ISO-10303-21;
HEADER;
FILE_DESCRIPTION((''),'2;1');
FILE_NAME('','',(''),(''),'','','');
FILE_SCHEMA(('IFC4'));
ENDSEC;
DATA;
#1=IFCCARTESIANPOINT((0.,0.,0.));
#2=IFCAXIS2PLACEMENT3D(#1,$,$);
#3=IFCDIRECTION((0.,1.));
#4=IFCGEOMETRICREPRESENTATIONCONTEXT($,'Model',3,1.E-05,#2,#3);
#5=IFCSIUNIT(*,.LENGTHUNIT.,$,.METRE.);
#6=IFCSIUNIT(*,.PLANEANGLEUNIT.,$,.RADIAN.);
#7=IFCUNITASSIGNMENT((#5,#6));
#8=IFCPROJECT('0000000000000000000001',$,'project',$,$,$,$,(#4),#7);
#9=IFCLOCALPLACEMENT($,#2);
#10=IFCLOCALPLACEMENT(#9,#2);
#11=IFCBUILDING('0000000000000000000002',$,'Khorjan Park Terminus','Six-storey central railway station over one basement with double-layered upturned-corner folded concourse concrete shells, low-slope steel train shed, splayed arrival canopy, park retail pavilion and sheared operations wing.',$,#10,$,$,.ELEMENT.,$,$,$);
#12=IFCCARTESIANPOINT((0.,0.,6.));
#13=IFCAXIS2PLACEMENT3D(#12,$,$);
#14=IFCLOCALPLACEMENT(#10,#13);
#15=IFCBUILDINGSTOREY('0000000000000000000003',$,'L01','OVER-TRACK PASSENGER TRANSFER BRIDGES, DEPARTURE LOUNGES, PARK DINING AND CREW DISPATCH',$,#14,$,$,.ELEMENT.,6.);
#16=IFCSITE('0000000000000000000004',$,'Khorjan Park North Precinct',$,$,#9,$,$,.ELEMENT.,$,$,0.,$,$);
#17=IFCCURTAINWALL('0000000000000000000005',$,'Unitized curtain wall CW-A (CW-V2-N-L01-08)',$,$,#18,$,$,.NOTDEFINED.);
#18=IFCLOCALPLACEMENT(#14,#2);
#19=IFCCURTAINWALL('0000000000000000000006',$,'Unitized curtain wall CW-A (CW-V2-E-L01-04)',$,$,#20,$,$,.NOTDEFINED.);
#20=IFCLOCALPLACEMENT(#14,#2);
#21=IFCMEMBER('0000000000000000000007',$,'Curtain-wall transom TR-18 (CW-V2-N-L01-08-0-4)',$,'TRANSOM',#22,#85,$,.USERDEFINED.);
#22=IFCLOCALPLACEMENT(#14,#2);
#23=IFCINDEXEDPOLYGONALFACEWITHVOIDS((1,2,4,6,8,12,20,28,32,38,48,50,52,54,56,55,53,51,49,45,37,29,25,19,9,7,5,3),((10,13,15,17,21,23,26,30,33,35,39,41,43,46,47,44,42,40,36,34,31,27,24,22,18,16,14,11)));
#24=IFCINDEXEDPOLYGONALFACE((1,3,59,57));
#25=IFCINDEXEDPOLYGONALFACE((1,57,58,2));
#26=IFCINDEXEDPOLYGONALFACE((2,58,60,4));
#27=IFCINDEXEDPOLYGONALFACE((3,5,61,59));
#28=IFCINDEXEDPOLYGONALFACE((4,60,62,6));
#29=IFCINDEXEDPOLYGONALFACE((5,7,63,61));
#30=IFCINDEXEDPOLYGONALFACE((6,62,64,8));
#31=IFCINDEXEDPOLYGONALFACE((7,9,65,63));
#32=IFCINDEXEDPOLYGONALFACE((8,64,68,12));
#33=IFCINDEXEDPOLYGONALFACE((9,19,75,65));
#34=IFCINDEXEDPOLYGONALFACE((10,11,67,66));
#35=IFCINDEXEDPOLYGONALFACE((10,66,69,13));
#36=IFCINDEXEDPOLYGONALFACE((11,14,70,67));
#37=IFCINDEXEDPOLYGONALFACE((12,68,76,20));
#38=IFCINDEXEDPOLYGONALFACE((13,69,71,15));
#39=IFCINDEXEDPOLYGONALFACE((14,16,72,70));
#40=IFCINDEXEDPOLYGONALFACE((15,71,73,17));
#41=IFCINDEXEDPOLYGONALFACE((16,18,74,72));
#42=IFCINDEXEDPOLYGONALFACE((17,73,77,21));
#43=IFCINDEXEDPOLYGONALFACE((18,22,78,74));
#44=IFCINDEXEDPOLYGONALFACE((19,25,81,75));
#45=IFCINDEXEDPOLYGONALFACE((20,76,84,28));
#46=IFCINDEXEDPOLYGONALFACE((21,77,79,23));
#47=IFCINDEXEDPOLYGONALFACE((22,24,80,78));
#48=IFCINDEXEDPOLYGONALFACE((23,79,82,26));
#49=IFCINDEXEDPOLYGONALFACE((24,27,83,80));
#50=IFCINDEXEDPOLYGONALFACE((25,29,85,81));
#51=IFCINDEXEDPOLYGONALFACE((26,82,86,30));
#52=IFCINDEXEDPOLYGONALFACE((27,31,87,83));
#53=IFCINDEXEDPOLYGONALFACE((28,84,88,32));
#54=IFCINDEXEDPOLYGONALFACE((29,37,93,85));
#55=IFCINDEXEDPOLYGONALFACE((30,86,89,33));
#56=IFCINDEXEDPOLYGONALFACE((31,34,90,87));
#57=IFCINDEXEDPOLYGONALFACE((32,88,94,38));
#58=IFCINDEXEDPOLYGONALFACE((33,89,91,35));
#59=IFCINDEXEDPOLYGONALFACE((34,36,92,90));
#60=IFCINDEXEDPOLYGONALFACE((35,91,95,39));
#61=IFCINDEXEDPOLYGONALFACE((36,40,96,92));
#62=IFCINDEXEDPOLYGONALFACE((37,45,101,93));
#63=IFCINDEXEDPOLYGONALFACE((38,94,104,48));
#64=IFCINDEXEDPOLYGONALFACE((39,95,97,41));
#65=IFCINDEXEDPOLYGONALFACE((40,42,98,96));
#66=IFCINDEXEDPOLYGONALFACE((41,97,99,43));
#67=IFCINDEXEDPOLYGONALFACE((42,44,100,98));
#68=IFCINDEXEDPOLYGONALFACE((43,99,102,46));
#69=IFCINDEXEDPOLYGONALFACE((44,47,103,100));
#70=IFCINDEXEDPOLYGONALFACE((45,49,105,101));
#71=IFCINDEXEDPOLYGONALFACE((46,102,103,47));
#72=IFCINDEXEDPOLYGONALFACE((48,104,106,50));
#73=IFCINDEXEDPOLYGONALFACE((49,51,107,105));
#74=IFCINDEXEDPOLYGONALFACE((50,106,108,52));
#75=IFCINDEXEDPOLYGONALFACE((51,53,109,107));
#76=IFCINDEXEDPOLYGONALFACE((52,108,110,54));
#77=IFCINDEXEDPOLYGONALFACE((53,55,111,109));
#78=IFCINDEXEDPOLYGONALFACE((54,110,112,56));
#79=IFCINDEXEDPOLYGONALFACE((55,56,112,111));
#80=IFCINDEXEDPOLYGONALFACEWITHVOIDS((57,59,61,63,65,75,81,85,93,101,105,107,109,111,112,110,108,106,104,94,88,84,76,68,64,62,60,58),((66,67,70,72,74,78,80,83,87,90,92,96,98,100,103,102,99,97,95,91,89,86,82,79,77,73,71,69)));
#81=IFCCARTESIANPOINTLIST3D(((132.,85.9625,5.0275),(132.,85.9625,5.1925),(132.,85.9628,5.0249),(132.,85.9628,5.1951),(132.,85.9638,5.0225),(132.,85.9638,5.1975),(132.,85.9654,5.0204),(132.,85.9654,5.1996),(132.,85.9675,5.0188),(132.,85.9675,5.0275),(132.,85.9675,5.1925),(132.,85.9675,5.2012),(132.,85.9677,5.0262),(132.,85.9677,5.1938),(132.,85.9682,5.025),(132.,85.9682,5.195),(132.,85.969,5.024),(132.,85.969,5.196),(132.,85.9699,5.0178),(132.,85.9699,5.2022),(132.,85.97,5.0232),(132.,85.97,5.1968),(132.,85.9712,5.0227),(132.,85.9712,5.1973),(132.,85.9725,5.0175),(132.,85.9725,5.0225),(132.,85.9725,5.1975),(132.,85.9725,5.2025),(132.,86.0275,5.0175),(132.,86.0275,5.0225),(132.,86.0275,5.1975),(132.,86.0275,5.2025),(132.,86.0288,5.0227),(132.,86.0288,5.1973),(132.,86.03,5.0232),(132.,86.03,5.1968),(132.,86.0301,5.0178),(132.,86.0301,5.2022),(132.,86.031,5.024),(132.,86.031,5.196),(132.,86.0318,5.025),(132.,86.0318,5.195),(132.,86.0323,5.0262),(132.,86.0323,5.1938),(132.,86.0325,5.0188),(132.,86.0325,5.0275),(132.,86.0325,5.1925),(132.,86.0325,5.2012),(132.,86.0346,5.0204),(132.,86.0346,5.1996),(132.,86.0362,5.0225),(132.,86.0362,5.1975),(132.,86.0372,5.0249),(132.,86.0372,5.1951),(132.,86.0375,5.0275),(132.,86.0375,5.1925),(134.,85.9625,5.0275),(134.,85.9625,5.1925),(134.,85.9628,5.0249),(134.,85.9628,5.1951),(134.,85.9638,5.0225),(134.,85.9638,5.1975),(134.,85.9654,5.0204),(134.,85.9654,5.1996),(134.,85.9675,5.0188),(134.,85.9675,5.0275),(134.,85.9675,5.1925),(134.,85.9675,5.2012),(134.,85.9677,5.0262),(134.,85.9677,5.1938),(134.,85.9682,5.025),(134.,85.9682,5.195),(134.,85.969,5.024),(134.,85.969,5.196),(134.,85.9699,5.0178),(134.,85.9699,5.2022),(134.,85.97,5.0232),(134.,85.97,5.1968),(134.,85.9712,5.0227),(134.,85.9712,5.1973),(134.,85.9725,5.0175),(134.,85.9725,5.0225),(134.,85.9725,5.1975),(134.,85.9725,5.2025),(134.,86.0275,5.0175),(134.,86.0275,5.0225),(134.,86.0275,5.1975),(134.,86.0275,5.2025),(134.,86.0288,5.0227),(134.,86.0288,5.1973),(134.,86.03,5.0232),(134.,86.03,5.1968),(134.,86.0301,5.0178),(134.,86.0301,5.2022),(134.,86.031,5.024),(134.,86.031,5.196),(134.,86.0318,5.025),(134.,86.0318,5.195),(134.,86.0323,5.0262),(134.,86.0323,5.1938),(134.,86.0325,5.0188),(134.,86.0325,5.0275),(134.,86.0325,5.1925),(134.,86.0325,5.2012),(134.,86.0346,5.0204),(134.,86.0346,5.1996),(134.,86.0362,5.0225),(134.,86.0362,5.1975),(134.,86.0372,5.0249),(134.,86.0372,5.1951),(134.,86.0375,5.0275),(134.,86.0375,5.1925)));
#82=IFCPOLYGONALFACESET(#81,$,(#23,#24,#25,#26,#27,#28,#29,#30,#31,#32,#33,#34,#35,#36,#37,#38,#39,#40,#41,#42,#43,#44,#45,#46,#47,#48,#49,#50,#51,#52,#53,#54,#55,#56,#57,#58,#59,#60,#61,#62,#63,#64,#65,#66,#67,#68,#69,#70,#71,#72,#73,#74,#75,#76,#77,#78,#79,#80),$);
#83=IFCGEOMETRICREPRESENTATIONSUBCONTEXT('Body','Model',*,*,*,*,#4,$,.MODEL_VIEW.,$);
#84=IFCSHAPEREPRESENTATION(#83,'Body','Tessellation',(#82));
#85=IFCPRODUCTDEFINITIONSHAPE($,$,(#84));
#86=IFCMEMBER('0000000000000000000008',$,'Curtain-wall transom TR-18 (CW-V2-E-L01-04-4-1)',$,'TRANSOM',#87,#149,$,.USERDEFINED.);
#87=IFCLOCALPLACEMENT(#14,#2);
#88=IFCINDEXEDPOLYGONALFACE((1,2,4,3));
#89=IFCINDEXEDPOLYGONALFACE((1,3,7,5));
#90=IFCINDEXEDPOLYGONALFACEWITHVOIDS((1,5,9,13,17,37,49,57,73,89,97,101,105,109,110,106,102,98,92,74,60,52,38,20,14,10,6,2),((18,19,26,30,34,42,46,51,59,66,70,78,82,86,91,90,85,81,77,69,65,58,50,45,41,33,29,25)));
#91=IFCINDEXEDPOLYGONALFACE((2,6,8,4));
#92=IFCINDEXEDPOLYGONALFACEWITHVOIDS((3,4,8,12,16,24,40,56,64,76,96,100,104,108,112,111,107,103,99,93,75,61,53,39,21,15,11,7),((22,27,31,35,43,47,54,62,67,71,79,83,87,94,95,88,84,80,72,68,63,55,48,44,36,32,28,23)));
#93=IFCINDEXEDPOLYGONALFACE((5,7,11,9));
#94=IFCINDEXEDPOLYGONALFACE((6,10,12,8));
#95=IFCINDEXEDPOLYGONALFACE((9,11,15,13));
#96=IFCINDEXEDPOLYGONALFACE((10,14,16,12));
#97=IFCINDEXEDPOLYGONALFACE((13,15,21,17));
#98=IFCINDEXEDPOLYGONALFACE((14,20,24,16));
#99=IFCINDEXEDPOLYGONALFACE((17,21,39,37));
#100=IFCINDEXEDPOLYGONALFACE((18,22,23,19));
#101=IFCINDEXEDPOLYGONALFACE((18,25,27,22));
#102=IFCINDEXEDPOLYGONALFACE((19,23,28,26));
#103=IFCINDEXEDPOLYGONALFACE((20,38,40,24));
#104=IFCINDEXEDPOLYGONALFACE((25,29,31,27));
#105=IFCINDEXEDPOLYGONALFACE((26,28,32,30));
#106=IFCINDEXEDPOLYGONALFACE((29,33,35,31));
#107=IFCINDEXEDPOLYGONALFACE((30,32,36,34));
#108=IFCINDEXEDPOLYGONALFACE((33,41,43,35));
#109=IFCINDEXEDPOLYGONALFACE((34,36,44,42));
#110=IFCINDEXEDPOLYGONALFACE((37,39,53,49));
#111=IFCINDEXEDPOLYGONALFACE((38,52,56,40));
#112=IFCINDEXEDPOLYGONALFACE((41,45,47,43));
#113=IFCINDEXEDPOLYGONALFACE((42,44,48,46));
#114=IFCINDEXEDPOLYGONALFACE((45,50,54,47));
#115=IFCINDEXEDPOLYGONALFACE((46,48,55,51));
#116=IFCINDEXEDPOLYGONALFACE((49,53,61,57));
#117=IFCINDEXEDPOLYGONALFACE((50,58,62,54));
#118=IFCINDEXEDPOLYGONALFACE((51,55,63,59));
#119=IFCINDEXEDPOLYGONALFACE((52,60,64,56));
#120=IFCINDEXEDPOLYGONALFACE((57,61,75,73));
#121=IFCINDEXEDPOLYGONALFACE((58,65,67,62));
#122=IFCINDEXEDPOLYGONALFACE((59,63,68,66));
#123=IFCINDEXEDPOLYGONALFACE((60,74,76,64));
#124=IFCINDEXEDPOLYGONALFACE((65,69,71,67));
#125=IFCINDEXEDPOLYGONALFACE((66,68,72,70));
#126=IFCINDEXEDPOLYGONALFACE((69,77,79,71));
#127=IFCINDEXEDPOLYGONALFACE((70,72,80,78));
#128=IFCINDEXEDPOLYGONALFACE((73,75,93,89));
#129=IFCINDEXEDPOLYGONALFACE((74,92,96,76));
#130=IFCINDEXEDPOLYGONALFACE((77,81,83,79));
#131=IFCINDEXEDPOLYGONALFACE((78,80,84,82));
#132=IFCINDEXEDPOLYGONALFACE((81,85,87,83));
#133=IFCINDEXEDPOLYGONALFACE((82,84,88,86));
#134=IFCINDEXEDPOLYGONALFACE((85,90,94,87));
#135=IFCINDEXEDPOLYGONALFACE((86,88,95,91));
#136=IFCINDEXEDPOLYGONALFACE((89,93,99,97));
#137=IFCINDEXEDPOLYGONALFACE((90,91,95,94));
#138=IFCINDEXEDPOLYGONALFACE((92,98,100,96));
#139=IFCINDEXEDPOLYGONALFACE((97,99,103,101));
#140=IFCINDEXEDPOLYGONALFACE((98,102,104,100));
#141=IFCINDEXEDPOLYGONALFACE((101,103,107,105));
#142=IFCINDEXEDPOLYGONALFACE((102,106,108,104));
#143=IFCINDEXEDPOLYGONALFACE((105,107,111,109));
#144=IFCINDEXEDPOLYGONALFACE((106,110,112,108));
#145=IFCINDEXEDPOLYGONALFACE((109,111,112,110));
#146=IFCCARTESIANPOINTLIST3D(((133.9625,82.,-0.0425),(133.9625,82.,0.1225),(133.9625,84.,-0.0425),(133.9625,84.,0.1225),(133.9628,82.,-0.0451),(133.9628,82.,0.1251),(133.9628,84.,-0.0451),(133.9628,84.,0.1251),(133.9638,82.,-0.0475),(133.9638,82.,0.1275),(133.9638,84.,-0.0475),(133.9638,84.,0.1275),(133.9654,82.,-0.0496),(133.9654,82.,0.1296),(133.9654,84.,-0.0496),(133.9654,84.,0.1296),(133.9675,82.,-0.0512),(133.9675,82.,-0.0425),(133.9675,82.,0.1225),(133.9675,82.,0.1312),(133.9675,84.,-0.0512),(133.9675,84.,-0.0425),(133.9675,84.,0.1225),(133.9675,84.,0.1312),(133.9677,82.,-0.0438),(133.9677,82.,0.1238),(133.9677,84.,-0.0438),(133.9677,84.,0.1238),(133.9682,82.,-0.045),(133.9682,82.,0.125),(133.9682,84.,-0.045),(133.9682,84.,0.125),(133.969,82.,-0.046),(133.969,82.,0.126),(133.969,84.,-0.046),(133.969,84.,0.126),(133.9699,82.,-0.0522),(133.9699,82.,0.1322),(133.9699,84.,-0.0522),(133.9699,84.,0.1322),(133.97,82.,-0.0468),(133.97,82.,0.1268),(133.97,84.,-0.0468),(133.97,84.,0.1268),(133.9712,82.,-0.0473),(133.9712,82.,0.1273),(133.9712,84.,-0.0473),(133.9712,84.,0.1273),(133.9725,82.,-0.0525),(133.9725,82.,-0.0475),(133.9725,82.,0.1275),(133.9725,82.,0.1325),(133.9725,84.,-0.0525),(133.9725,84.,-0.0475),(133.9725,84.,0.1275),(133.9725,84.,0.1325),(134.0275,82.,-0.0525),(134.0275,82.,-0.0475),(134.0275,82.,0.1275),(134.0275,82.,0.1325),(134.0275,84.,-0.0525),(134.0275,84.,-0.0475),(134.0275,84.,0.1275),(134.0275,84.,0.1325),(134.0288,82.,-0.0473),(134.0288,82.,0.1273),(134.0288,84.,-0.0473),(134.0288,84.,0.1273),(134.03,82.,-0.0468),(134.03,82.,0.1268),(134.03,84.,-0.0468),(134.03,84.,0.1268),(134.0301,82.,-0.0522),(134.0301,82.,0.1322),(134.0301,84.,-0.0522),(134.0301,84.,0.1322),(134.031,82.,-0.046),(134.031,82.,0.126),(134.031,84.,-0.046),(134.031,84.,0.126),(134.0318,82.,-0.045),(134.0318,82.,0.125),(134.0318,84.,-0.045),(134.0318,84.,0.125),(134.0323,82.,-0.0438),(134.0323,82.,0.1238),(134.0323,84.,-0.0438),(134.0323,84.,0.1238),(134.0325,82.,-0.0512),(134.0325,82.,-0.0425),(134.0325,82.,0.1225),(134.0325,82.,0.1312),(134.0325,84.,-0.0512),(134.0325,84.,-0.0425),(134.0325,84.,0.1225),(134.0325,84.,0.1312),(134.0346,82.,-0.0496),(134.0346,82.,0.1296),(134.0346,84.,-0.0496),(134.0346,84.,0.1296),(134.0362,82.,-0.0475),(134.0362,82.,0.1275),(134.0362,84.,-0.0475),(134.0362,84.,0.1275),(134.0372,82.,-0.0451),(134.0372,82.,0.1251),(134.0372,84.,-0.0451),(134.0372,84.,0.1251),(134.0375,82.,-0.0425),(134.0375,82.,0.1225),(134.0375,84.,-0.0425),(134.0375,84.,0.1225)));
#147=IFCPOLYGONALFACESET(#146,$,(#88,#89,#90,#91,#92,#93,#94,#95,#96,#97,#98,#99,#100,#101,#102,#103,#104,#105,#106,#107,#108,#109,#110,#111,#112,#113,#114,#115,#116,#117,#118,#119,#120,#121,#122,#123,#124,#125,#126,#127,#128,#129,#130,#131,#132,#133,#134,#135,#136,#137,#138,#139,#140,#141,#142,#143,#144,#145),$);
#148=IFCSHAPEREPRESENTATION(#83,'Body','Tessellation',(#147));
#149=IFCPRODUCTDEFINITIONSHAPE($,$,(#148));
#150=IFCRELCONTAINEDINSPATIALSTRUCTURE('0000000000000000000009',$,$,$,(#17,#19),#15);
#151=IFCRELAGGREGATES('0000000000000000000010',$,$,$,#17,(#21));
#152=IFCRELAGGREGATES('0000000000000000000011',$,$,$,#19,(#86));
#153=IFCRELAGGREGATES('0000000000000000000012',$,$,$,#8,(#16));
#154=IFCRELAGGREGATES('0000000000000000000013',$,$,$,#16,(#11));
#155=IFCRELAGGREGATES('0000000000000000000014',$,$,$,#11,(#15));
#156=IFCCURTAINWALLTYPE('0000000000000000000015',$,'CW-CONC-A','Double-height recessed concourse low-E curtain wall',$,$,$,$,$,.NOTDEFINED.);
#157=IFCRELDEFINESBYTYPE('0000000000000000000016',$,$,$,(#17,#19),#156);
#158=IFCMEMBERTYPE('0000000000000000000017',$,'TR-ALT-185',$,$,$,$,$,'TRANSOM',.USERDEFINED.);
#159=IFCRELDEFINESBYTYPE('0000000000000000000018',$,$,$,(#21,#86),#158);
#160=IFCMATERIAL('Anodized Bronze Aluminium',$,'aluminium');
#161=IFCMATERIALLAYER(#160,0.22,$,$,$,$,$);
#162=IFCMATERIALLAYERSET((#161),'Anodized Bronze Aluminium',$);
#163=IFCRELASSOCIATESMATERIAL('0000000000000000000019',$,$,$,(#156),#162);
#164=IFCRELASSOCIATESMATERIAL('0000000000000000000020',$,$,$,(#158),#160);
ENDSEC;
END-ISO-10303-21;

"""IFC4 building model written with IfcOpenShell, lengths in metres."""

from ifc_helpers import new_model, si_unit, direction, frame, origin, origin_2d, place, context, subcontext, project, spatial, hollow_rectangle, extrude, material, layer, layer_set, material_profile, profile_set, type_object, element, aggregate, save


model = new_model("IFC4")

# Units and contexts
model_context = context("Model", 3, precision=1e-05, world=origin(), true_north=direction((0.0, 1.0)))
body_context = subcontext(model_context, "Body", "Model", "MODEL_VIEW")
ifc_project = project(units=[si_unit("LENGTHUNIT", "METRE"), si_unit("PLANEANGLEUNIT", "RADIAN")], contexts=[model_context])

# Site, building, storey
site_placement = place(None, origin())
site = spatial("IfcSite", under=ifc_project, at=site_placement, Name="Khorjan Park North Precinct", CompositionType="ELEMENT", RefElevation=0.0)
building_placement = place(site_placement, origin())
building = spatial("IfcBuilding", under=site, at=building_placement, Name="Khorjan Park Terminus", Description="Six-storey central railway station over one basement with double-layered upturned-corner folded concourse concrete shells, low-slope steel train shed, splayed arrival canopy, park retail pavilion and sheared operations wing.", CompositionType="ELEMENT")
storey_placement = place(building_placement, frame((0.0, 0.0, 6.0)))
storey = spatial("IfcBuildingStorey", under=building, at=storey_placement, Name="L01", Description="OVER-TRACK PASSENGER TRANSFER BRIDGES, DEPARTURE LOUNGES, PARK DINING AND CREW DISPATCH", CompositionType="ELEMENT", Elevation=6.0)

# Curtain wall
ifc_material_1 = material(Name="Anodized Bronze Aluminium", Category="aluminium")
ifc_layer_1 = layer(ifc_material_1, 0.22)
ifc_layer_set_1 = layer_set([ifc_layer_1], Name="Anodized Bronze Aluminium")
curtain_wall_type = type_object("IfcCurtainWallType", Name="CW-CONC-A", Description="Double-height recessed concourse low-E curtain wall", PredefinedType="NOTDEFINED", material=ifc_layer_set_1)
curtain_wall_1_placement = place(storey_placement, origin())
curtain_wall_1 = element("IfcCurtainWall", 1, at=curtain_wall_1_placement, inside=storey, type_object=curtain_wall_type, Name="Unitized curtain wall CW-A (CW-V2-N-L01-08)", PredefinedType="NOTDEFINED")

# Curtain wall
curtain_wall_2_placement = place(storey_placement, origin())
curtain_wall_2 = element("IfcCurtainWall", 2, at=curtain_wall_2_placement, inside=storey, type_object=curtain_wall_type, Name="Unitized curtain wall CW-A (CW-V2-E-L01-04)", PredefinedType="NOTDEFINED")

# Members
ifc_material_profile_1 = material_profile(ifc_material_1, hollow_rectangle(XDim=0.075, YDim=0.185, WallThickness=0.005, InnerFilletRadius=0.005, OuterFilletRadius=0.01, at=origin_2d()), Name="ALT 75x185x5")
ifc_profile_set_1 = profile_set([ifc_material_profile_1], Name="Anodized Bronze Aluminium")
member_type_1 = type_object("IfcMemberType", Name="TR-ALT-185", ElementType="TRANSOM", PredefinedType="USERDEFINED", material=ifc_profile_set_1)
member_1_placement = place(storey_placement, frame((134.0, 86.0, 5.11), z_axis=(-1.0, 0.0, 0.0), x_axis=(0.0, -1.0, 0.0)))
member_1 = element("IfcMember", 3, at=member_1_placement, type_object=member_type_1, Name="Curtain-wall transom TR-18 (CW-V2-N-L01-08-0-4)", ObjectType="TRANSOM", PredefinedType="USERDEFINED", context=body_context, shape_type="SweptSolid", body=[
    extrude(hollow_rectangle(XDim=0.075, YDim=0.185, WallThickness=0.005, InnerFilletRadius=0.005, OuterFilletRadius=0.01, at=origin_2d()), origin(), (0.0, 0.0, 1.0), 2.0),
])
aggregate(curtain_wall_1, [member_1])
member_2_placement = place(storey_placement, frame((134.0, 82.0, 0.04), z_axis=(0.0, 1.0, 0.0), x_axis=(-1.0, 0.0, 0.0)))
member_2 = element("IfcMember", 4, at=member_2_placement, type_object=member_type_1, Name="Curtain-wall transom TR-18 (CW-V2-E-L01-04-4-1)", ObjectType="TRANSOM", PredefinedType="USERDEFINED", context=body_context, shape_type="SweptSolid", body=[
    extrude(hollow_rectangle(XDim=0.075, YDim=0.185, WallThickness=0.005, InnerFilletRadius=0.005, OuterFilletRadius=0.01, at=origin_2d()), origin(), (0.0, 0.0, 1.0), 2.0),
])

aggregate(curtain_wall_2, [member_2])

save(model, "model.ifc")
